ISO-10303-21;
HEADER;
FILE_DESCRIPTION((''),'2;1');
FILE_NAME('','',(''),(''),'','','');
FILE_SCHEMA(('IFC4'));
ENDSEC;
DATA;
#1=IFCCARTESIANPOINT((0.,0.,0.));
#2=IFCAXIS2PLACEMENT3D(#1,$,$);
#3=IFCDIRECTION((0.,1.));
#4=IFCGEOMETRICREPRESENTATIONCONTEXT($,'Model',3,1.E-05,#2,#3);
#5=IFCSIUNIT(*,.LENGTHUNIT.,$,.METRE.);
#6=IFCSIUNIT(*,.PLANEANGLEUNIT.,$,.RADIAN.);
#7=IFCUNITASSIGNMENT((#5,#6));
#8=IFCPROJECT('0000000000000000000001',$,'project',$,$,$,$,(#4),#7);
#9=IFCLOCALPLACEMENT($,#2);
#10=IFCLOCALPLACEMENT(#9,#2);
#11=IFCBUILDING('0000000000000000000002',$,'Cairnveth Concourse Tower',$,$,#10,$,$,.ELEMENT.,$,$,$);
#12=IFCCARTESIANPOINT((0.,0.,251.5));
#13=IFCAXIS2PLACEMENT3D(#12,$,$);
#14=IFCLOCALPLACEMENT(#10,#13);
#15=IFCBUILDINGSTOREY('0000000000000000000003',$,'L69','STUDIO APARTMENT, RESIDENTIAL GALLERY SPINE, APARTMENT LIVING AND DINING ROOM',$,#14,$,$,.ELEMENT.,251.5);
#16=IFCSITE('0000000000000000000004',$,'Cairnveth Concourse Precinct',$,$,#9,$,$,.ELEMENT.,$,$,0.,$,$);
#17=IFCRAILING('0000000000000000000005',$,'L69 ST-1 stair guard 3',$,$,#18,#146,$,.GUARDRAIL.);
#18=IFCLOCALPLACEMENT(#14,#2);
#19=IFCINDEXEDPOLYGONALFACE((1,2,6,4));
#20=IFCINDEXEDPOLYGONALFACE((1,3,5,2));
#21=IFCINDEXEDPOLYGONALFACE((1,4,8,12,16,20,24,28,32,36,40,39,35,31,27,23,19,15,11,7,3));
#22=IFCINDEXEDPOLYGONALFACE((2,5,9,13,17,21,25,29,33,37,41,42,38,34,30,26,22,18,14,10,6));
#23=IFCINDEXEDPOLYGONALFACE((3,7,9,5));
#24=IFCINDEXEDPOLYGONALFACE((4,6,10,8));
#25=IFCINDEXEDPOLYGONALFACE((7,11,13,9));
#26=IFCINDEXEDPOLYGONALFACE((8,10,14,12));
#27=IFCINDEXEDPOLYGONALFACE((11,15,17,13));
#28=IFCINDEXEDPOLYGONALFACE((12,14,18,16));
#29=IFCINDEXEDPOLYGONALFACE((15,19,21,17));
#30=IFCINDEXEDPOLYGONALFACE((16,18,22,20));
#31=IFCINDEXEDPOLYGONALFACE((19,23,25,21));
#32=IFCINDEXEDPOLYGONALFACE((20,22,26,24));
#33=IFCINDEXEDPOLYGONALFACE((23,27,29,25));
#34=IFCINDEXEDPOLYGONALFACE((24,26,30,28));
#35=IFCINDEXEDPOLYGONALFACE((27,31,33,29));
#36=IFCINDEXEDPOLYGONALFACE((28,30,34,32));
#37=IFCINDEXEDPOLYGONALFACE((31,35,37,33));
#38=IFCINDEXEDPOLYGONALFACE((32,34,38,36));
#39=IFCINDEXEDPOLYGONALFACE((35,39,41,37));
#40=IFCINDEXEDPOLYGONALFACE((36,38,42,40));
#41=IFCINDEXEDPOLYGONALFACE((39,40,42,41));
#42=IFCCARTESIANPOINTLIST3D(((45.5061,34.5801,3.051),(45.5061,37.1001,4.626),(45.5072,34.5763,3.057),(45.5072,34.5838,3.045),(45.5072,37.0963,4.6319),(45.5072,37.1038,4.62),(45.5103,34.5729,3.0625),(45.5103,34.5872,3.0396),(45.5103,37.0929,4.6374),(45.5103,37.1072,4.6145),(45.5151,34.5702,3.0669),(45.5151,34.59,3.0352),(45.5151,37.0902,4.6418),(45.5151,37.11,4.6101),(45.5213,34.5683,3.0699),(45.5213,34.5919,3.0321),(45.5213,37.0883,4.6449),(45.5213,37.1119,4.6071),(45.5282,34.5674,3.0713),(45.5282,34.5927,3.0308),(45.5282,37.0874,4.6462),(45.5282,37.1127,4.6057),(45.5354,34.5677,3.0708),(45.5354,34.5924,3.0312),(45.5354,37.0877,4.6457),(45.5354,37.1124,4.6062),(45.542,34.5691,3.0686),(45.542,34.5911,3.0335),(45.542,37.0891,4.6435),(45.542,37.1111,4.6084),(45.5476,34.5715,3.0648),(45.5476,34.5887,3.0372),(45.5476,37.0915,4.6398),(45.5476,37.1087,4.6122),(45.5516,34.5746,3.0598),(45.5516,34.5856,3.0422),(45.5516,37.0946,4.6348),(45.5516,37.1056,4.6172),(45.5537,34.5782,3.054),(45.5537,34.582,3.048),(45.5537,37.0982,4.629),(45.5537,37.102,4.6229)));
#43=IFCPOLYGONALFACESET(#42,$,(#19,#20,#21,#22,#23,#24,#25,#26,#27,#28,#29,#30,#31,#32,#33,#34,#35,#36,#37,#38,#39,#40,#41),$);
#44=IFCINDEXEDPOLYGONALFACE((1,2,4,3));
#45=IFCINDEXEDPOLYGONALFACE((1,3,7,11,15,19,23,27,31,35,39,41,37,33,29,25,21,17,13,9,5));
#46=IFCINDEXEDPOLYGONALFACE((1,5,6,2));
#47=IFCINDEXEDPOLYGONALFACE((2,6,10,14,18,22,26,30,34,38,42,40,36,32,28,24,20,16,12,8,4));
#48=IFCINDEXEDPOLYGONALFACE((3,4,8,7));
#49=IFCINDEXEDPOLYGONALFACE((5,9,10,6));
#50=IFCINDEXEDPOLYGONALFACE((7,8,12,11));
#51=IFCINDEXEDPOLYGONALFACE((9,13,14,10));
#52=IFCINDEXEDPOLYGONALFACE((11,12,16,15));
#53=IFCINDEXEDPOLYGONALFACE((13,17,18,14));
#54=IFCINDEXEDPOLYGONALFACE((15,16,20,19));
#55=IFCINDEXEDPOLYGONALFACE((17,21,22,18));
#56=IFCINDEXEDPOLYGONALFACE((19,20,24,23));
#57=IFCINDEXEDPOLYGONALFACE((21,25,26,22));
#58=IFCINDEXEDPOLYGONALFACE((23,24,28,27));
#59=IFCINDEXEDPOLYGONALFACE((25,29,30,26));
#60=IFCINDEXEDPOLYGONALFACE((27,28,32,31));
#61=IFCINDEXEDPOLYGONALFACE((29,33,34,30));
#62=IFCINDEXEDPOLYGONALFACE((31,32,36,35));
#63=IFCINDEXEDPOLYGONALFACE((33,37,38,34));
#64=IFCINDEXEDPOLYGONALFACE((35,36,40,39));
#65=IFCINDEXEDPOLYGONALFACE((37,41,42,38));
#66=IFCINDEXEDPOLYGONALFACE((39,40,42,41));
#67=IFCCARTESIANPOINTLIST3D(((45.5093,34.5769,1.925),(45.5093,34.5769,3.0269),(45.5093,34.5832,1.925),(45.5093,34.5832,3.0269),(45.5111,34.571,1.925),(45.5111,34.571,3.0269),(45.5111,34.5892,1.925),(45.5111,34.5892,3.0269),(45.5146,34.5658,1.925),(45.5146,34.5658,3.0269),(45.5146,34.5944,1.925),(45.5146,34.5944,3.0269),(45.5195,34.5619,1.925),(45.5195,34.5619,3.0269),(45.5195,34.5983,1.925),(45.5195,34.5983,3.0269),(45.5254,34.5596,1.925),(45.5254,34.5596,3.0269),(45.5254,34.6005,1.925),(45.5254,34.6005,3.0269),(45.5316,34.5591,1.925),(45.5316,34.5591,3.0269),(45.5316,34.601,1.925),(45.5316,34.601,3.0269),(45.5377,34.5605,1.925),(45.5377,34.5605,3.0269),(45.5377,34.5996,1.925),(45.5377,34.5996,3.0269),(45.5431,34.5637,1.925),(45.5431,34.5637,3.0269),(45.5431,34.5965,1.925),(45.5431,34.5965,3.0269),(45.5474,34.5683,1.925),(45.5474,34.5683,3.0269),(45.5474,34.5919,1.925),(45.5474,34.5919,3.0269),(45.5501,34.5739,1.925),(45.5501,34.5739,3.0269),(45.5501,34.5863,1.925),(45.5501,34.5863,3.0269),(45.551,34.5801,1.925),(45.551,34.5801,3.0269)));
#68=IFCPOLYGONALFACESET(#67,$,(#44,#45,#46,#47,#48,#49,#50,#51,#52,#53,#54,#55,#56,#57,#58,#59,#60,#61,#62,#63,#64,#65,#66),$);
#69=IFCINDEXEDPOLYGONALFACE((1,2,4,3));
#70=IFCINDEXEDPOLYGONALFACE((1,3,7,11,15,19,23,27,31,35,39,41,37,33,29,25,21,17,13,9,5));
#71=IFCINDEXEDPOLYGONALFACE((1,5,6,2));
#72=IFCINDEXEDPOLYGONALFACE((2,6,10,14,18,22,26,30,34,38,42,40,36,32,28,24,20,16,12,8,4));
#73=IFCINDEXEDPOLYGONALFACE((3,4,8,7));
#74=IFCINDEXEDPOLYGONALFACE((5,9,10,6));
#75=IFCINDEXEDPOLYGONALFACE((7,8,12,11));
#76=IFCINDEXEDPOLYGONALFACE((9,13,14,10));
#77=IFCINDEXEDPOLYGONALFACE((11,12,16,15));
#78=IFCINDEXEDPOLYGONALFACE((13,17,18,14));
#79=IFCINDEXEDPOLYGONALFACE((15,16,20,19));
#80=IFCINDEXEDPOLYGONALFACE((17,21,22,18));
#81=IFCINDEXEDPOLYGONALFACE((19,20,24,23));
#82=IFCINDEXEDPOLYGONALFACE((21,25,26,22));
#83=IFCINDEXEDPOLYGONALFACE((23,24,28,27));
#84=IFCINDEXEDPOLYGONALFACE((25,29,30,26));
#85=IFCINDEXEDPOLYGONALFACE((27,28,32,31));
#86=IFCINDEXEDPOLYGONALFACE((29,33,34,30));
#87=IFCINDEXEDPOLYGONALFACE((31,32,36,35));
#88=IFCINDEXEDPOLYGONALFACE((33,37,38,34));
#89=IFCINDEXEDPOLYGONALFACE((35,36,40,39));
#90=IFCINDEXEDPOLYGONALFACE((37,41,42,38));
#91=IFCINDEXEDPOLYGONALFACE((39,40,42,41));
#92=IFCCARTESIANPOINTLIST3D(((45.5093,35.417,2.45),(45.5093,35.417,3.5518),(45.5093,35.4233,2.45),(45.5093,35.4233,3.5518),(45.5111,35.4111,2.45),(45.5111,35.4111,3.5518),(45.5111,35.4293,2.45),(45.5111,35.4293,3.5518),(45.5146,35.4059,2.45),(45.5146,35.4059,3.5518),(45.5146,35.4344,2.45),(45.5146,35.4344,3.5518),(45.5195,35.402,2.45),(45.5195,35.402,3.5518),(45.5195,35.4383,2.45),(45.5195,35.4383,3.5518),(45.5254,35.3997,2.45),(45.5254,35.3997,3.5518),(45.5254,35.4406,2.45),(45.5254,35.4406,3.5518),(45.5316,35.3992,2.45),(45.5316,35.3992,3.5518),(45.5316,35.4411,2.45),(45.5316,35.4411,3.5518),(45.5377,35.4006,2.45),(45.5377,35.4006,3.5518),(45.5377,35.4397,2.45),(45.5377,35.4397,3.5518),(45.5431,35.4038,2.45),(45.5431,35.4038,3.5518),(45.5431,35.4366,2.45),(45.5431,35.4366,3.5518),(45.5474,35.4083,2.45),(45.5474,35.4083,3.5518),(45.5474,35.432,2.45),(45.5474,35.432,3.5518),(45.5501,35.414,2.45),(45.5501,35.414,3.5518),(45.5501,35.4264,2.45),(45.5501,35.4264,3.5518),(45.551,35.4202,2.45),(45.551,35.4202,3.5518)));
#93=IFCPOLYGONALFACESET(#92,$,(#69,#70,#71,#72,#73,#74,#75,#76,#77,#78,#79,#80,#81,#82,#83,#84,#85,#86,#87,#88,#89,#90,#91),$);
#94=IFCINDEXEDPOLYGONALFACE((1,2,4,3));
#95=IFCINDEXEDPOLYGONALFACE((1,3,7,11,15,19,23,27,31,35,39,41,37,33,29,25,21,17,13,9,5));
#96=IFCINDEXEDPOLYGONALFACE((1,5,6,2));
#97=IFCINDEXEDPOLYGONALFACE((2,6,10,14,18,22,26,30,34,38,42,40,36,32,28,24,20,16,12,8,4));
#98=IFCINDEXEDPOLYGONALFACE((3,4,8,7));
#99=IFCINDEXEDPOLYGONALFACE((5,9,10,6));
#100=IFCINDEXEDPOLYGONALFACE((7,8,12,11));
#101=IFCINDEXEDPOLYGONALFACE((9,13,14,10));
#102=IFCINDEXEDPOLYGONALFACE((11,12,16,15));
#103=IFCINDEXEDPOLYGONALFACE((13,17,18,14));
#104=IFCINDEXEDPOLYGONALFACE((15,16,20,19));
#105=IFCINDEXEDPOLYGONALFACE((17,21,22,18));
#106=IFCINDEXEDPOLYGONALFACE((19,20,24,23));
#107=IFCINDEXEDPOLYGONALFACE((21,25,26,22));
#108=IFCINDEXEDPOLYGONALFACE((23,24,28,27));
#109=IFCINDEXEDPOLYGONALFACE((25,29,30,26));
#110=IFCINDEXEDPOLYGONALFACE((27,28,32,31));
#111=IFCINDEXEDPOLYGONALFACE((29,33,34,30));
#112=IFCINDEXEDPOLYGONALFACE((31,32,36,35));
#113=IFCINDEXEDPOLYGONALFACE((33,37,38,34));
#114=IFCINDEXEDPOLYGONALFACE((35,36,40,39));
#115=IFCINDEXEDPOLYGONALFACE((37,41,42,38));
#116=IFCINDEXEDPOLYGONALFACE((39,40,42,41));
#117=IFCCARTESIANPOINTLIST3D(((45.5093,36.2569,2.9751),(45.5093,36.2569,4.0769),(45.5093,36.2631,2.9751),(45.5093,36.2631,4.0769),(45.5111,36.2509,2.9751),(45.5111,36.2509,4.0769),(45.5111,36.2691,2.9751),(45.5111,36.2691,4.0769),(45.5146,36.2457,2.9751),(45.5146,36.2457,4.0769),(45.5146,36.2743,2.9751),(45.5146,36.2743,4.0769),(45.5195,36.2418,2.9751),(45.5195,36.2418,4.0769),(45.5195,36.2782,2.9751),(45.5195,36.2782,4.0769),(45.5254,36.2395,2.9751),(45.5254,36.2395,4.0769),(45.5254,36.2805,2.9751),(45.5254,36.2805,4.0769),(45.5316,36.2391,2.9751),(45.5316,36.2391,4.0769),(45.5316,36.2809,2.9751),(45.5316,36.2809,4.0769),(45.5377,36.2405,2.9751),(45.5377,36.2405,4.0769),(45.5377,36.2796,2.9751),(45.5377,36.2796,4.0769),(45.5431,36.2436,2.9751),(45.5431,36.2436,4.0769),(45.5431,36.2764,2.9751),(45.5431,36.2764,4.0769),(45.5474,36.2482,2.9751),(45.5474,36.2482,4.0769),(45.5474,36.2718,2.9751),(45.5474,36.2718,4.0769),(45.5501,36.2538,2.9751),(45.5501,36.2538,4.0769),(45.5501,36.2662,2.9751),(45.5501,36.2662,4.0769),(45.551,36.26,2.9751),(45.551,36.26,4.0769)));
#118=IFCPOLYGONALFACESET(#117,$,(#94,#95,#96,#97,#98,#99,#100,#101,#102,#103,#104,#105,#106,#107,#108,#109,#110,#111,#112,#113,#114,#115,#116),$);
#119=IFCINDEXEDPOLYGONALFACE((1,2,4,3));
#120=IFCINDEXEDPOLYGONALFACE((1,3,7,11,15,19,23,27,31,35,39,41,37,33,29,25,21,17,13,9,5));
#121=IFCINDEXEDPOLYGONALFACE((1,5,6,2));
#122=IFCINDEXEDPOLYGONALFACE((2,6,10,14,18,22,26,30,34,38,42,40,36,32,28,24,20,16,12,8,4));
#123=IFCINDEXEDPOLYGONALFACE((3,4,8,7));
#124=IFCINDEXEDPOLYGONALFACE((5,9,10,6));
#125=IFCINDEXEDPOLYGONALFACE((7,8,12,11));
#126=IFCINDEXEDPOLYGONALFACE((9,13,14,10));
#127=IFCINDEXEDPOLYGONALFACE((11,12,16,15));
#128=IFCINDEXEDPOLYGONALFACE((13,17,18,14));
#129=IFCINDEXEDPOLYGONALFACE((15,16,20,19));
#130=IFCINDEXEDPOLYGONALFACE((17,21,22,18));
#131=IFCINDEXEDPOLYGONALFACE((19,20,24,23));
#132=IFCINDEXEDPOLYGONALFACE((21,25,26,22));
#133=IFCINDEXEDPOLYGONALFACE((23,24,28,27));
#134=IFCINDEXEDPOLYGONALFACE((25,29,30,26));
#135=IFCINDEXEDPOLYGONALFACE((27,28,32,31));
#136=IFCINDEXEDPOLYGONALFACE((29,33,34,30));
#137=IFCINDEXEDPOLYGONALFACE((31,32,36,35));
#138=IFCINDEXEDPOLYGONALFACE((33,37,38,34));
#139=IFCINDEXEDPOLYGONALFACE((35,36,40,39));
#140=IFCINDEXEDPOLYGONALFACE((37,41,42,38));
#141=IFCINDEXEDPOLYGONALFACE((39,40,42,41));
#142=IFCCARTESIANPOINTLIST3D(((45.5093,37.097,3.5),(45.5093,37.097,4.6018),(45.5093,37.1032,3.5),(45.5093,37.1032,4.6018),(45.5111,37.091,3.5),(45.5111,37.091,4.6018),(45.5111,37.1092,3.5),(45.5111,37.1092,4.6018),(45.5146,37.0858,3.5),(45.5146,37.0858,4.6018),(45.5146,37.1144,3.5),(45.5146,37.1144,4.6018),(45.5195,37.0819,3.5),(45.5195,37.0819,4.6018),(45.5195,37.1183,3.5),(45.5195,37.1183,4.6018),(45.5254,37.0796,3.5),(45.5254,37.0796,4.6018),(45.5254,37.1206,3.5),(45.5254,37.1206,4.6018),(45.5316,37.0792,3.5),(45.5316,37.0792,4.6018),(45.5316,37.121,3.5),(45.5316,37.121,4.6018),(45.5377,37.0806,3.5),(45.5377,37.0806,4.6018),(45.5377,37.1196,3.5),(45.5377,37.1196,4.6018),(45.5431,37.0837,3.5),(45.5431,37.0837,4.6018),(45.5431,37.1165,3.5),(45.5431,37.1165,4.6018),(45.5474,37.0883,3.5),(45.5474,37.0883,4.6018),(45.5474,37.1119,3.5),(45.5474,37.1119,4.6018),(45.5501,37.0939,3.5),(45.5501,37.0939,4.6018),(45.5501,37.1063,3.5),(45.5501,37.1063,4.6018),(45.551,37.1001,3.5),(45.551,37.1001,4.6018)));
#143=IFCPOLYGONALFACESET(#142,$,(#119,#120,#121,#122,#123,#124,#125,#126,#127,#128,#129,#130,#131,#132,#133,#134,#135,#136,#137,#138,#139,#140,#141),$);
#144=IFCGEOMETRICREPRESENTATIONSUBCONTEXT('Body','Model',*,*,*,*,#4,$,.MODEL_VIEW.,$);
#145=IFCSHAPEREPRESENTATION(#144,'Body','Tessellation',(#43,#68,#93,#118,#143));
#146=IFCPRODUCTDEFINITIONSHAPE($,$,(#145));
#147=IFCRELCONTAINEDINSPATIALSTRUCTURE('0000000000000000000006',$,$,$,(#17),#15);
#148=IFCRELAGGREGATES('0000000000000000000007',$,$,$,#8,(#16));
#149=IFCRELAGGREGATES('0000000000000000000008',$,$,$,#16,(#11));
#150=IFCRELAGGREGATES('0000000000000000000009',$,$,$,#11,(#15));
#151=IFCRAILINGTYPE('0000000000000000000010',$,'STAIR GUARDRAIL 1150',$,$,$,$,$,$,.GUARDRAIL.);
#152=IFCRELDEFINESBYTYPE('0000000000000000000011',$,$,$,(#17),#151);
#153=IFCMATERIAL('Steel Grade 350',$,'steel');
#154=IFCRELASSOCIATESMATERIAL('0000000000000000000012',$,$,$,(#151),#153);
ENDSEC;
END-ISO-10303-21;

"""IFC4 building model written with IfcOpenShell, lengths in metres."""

from ifc_helpers import new_model, si_unit, direction, frame, origin, origin_2d, place, context, subcontext, project, spatial, circle, extrude, material, type_object, element, save


model = new_model("IFC4")

# Units and contexts
model_context = context("Model", 3, precision=1e-05, world=origin(), true_north=direction((0.0, 1.0)))
body_context = subcontext(model_context, "Body", "Model", "MODEL_VIEW")
ifc_project = project(units=[si_unit("LENGTHUNIT", "METRE"), si_unit("PLANEANGLEUNIT", "RADIAN")], contexts=[model_context])

# Site, building, storey
site_placement = place(None, origin())
site = spatial("IfcSite", under=ifc_project, at=site_placement, Name="Cairnveth Concourse Precinct", CompositionType="ELEMENT", RefElevation=0.0)
building_placement = place(site_placement, origin())
building = spatial("IfcBuilding", under=site, at=building_placement, Name="Cairnveth Concourse Tower", CompositionType="ELEMENT")
storey_placement = place(building_placement, frame((0.0, 0.0, 251.5)))
storey = spatial("IfcBuildingStorey", under=building, at=storey_placement, Name="L69", Description="STUDIO APARTMENT, RESIDENTIAL GALLERY SPINE, APARTMENT LIVING AND DINING ROOM", CompositionType="ELEMENT", Elevation=251.5)

# Railing
ifc_material_1 = material(Name="Steel Grade 350", Category="steel")
railing_type_1 = type_object("IfcRailingType", Name="STAIR GUARDRAIL 1150", PredefinedType="GUARDRAIL", material=ifc_material_1)
railing_1_placement = place(storey_placement, frame((45.53, 34.5801, 1.925)))
element("IfcRailing", 1, at=railing_1_placement, inside=storey, type_object=railing_type_1, Name="L69 ST-1 stair guard 3", PredefinedType="GUARDRAIL", context=body_context, shape_type="SweptSolid", body=[
    extrude(circle(Radius=0.0239, at=origin_2d()), frame((0.0, 0.0, 1.126), z_axis=(0.0, 0.848008, 0.529984), x_axis=(-1.0, 0.0, 0.0)), (0.0, 0.0, 1.0), 2.9717),
    extrude(circle(Radius=0.021, at=origin_2d()), origin(), (0.0, 0.0, 1.0), 1.1018),
    extrude(circle(Radius=0.021, at=origin_2d()), frame((0.0, 0.8401, 0.5249)), (0.0, 0.0, 1.0), 1.1018),
    extrude(circle(Radius=0.021, at=origin_2d()), frame((0.0, 1.6799, 1.05)), (0.0, 0.0, 1.0), 1.1018),
    extrude(circle(Radius=0.021, at=origin_2d()), frame((0.0, 2.52, 1.575)), (0.0, 0.0, 1.0), 1.1018),
])

save(model, "model.ifc")
